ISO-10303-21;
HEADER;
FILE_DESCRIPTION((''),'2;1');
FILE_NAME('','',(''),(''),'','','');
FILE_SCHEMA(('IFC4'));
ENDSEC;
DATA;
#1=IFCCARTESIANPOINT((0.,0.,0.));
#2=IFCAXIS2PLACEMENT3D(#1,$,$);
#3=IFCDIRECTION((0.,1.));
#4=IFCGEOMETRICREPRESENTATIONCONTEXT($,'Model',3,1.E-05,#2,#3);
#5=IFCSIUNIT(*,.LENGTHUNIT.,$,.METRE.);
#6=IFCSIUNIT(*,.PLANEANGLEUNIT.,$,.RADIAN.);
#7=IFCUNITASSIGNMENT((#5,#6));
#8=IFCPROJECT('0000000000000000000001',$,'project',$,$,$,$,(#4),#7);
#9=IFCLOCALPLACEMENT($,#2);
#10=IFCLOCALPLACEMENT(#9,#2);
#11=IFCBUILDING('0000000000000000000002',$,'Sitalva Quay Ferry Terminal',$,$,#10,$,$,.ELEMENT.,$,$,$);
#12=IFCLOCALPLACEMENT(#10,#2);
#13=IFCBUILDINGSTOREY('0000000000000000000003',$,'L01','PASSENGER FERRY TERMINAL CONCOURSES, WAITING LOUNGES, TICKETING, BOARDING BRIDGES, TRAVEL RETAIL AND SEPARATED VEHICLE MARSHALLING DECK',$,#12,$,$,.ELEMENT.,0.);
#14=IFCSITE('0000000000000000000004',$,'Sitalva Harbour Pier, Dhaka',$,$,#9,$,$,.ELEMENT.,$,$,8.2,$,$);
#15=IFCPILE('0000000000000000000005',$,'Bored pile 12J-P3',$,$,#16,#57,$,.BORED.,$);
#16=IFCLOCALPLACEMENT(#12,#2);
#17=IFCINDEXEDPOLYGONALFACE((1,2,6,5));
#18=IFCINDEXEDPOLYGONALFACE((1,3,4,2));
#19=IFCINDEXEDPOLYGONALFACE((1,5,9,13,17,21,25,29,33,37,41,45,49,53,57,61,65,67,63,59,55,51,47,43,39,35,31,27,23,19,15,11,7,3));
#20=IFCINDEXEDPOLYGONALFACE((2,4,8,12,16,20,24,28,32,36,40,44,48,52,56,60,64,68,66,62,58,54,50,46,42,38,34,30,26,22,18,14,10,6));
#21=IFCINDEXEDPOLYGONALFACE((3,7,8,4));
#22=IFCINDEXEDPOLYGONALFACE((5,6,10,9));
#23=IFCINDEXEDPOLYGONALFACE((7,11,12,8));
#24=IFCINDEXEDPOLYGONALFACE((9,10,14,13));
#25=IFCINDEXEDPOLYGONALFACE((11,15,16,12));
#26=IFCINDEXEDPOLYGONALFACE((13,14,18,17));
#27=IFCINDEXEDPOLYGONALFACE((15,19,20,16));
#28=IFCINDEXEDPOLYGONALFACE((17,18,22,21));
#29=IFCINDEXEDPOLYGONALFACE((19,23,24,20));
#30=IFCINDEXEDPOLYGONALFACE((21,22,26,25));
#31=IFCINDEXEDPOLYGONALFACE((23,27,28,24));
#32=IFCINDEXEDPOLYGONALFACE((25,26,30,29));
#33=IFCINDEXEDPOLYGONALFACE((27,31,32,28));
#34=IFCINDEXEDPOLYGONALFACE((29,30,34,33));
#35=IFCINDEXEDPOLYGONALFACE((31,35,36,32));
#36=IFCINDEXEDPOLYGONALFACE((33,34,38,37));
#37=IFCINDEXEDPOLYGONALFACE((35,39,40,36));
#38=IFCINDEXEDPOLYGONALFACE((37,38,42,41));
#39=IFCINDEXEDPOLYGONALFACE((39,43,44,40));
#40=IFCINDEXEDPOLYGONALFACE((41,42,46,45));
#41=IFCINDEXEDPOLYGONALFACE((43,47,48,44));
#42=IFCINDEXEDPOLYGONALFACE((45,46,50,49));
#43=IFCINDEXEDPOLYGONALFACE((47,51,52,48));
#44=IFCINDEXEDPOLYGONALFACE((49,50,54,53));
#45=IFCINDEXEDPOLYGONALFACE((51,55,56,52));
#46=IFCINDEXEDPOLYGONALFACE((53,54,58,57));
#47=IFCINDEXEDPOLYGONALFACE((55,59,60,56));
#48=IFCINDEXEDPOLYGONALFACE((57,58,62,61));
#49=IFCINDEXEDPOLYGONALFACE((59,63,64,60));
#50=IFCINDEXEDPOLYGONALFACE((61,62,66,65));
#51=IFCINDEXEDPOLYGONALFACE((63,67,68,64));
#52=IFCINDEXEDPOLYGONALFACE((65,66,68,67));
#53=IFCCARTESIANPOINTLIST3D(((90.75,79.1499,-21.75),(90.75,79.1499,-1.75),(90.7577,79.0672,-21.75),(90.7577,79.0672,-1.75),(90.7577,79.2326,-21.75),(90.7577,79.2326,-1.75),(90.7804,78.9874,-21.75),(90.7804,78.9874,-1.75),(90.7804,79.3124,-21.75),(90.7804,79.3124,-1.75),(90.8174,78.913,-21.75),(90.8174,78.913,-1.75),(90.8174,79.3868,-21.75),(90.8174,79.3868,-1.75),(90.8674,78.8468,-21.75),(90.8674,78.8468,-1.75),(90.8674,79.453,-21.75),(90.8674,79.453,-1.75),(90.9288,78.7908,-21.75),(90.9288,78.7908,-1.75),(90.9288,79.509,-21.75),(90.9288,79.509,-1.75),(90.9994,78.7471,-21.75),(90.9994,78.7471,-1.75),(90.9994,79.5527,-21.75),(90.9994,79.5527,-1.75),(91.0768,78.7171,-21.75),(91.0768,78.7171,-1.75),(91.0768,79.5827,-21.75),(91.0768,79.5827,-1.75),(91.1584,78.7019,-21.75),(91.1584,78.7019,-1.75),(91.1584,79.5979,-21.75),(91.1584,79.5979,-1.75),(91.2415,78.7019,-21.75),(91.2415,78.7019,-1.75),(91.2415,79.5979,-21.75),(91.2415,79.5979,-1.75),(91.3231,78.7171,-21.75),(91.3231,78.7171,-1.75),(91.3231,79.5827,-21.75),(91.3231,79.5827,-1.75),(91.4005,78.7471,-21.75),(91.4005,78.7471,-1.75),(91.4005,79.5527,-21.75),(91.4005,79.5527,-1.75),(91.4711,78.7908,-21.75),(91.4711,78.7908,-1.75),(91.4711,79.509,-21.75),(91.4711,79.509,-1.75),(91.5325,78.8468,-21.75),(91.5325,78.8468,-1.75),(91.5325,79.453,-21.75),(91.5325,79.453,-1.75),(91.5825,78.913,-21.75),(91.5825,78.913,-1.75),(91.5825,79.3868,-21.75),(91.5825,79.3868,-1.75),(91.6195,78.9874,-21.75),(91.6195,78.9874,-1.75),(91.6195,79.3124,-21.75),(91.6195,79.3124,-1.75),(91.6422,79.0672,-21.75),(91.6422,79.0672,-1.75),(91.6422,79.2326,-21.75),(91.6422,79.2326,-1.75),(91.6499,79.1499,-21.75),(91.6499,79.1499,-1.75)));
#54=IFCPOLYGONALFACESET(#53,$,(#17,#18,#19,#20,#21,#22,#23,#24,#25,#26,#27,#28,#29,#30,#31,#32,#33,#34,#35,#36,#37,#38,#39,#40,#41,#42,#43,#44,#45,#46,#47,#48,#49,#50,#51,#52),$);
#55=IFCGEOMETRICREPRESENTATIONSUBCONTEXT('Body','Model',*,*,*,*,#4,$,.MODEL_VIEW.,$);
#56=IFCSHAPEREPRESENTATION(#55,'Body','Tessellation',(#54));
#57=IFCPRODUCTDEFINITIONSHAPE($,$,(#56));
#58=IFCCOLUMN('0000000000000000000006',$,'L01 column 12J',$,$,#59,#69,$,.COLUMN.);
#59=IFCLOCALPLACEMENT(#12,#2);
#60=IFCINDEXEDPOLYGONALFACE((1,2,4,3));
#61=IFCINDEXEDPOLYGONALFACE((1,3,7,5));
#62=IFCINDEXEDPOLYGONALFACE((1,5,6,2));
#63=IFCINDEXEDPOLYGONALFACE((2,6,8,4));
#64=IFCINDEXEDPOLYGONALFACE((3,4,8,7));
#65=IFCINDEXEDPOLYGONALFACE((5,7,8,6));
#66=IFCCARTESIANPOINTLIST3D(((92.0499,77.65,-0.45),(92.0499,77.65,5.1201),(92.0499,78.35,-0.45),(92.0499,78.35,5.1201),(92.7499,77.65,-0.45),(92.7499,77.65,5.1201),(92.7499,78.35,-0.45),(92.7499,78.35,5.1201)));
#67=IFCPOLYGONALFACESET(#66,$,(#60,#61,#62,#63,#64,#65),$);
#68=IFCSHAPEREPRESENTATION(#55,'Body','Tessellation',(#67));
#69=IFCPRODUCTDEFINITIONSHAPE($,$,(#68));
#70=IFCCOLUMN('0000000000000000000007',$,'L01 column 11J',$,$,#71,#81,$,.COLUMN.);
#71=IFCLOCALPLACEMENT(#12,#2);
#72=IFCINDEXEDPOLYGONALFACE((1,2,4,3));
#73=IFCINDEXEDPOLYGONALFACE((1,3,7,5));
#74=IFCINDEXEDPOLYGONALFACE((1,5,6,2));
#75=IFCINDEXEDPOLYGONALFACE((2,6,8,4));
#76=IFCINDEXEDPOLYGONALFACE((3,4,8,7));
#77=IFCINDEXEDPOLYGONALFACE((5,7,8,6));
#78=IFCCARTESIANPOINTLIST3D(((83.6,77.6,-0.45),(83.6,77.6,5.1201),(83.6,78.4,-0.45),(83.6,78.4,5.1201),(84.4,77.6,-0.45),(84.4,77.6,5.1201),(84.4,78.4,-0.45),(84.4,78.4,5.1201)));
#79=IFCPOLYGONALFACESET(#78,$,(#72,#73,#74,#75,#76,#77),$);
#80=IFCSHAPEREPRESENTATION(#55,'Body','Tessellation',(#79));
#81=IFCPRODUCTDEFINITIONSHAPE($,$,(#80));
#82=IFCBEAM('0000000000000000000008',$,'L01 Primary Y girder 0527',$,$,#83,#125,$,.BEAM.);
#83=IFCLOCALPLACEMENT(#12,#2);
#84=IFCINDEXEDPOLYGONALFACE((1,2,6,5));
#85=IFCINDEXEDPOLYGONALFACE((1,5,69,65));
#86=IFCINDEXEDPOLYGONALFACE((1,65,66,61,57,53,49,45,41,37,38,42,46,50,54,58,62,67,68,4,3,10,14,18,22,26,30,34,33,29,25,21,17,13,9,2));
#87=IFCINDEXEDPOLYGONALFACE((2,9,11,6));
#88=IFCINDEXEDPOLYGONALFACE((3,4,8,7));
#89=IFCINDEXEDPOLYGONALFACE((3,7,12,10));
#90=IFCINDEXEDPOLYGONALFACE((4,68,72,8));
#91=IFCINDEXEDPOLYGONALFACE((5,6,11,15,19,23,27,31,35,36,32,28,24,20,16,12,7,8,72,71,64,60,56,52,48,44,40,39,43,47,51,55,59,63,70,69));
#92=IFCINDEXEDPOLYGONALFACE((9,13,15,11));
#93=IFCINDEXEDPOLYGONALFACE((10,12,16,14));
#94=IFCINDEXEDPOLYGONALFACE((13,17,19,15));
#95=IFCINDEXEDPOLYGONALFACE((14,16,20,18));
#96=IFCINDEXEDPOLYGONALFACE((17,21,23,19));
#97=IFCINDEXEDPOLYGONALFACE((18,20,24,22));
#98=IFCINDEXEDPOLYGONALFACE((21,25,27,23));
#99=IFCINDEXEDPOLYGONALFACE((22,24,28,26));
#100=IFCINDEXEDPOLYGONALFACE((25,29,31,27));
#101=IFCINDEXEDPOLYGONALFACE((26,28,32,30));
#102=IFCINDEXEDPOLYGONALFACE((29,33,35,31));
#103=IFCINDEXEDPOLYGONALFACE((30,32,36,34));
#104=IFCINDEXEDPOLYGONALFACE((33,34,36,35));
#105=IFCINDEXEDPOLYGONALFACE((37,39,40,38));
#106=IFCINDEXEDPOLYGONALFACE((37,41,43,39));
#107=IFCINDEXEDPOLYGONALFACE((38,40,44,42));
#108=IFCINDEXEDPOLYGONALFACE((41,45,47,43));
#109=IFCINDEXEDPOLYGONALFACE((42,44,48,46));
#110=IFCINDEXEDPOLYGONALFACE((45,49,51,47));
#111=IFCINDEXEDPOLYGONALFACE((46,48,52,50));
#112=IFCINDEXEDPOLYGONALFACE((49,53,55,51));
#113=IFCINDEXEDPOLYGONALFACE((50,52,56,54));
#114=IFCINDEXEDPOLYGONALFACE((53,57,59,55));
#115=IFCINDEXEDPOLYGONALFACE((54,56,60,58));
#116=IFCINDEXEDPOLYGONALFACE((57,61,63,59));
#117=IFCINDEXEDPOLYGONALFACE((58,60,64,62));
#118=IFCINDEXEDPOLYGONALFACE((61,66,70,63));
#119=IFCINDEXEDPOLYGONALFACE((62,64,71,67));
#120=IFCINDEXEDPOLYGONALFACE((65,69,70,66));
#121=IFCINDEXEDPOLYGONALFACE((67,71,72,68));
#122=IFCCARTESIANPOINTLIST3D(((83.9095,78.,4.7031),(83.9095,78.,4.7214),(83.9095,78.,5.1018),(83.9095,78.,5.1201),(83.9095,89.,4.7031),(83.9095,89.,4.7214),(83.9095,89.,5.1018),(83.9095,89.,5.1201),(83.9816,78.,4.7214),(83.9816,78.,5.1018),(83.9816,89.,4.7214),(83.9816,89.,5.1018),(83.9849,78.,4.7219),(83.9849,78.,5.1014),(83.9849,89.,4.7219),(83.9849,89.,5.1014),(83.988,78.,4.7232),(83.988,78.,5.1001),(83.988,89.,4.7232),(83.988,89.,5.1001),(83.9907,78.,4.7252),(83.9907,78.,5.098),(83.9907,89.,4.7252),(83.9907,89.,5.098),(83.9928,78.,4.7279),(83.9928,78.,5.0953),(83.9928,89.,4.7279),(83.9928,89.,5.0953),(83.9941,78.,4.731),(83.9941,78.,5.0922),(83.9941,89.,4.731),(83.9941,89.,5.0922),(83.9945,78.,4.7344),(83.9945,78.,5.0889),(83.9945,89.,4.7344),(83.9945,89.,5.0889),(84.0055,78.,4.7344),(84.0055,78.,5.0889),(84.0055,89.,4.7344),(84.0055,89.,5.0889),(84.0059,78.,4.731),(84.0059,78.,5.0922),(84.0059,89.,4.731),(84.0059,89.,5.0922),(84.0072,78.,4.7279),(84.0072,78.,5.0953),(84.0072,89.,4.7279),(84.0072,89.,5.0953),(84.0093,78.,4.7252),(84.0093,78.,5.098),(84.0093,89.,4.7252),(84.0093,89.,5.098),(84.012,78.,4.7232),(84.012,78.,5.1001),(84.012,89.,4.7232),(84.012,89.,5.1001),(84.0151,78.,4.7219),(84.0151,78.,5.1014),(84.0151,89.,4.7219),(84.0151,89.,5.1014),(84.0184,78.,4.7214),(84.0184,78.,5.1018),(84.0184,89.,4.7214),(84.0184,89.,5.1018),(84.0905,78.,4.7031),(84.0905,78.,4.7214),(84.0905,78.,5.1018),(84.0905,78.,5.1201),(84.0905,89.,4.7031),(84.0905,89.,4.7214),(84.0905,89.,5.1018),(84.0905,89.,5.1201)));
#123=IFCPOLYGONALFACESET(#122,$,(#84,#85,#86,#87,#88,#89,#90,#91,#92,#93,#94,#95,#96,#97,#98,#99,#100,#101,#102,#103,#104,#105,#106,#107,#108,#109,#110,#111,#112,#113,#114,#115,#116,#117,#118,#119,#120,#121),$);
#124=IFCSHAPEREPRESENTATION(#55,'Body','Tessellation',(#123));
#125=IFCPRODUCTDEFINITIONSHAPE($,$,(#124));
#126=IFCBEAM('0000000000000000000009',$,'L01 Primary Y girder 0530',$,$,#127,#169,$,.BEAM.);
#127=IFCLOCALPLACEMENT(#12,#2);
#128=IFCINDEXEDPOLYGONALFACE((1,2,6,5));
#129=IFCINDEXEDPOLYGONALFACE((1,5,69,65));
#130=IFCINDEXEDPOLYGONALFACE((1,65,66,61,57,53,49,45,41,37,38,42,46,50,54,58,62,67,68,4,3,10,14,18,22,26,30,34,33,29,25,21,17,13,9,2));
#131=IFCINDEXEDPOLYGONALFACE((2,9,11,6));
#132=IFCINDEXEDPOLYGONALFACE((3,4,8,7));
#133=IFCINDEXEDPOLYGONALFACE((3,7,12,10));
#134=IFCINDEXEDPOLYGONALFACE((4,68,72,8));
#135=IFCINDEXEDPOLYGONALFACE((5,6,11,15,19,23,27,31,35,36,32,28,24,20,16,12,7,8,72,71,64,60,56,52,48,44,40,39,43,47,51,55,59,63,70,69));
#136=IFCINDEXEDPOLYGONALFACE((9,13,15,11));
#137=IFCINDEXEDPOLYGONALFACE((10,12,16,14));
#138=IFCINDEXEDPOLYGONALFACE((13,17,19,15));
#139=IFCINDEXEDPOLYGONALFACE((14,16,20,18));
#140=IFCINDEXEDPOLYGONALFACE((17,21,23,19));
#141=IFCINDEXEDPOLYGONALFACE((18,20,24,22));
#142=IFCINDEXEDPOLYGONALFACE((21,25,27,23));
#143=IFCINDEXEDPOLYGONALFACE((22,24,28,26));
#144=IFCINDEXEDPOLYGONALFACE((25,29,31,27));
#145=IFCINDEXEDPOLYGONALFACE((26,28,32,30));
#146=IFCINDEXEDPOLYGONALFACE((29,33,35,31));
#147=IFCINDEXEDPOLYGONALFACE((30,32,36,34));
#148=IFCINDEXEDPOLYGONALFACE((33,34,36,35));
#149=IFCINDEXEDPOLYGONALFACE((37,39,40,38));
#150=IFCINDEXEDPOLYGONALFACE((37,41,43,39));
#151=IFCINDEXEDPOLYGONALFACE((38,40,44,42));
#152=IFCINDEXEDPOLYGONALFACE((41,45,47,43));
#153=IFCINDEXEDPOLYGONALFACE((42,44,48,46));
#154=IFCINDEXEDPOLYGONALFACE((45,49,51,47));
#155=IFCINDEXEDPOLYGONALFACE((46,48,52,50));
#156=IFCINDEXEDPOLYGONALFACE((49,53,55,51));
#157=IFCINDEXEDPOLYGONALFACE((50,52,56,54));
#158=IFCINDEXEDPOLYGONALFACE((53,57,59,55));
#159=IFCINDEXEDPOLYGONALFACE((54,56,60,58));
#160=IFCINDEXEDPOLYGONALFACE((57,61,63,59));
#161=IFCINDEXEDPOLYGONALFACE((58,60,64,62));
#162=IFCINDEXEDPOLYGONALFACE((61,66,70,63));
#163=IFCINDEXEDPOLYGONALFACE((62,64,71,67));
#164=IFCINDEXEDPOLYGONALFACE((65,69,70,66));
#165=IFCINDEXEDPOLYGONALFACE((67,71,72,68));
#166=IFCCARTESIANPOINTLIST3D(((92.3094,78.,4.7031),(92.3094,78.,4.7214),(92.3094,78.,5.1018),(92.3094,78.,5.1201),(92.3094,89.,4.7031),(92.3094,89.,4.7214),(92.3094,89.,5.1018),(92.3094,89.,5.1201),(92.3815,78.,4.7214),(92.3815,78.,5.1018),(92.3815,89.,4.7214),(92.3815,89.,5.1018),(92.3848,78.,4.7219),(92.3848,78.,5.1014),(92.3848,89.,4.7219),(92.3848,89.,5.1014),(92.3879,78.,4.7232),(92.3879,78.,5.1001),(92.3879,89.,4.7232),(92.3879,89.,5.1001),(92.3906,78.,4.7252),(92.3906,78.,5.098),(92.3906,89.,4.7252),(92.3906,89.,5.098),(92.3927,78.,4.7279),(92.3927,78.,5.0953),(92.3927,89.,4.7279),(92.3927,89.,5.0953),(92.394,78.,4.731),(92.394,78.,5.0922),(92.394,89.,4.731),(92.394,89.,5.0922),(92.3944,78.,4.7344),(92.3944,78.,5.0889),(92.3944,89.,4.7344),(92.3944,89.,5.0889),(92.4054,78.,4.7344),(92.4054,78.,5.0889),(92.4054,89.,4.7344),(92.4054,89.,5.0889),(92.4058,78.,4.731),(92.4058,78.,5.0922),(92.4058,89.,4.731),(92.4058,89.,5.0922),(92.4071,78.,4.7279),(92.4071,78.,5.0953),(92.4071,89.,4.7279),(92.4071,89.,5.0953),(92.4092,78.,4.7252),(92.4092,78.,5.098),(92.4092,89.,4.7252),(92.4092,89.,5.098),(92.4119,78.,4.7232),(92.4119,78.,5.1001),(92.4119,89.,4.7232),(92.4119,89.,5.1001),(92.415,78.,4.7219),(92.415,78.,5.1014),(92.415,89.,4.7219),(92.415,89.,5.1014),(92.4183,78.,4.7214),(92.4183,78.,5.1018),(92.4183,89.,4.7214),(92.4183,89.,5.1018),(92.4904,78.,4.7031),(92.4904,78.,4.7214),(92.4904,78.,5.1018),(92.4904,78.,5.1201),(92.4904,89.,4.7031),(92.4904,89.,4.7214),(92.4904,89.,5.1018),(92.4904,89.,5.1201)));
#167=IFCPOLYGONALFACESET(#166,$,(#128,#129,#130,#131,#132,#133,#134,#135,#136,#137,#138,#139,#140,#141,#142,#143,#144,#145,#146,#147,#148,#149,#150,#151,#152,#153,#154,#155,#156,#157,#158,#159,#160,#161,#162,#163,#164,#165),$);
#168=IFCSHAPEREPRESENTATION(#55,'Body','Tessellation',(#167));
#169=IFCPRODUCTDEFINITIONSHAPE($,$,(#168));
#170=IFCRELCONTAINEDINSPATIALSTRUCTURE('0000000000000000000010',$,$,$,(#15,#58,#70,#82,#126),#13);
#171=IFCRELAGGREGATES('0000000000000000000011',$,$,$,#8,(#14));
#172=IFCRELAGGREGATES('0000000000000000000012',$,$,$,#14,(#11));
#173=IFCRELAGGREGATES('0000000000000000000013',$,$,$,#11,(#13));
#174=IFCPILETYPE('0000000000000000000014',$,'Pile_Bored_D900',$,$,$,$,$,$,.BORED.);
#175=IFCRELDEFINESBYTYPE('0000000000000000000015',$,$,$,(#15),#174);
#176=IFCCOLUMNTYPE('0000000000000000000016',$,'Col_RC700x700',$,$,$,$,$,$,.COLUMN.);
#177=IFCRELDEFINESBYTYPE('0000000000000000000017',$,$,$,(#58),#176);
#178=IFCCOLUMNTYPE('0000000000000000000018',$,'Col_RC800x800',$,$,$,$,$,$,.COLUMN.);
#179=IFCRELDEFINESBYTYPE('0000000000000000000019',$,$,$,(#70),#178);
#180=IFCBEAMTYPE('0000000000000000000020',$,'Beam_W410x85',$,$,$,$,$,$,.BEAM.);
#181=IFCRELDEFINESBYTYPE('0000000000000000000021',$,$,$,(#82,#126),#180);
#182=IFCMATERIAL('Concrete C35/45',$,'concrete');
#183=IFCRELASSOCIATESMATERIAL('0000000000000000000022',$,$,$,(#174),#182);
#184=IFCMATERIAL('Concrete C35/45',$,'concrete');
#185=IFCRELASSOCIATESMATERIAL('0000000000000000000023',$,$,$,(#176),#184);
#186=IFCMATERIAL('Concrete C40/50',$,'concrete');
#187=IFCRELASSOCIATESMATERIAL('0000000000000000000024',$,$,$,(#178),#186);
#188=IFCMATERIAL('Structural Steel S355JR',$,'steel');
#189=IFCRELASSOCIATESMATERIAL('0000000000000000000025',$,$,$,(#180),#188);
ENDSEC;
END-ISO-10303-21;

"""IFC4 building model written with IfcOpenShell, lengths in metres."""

from ifc_helpers import new_model, si_unit, direction, frame, origin, origin_2d, place, context, subcontext, project, spatial, rectangle, circle, i_section, extrude, material, material_profile, profile_set, type_object, element, save


model = new_model("IFC4")

# Units and contexts
model_context = context("Model", 3, precision=1e-05, world=origin(), true_north=direction((0.0, 1.0)))
body_context = subcontext(model_context, "Body", "Model", "MODEL_VIEW")
ifc_project = project(units=[si_unit("LENGTHUNIT", "METRE"), si_unit("PLANEANGLEUNIT", "RADIAN")], contexts=[model_context])

# Site, building, storey
site_placement = place(None, origin())
site = spatial("IfcSite", under=ifc_project, at=site_placement, Name="Sitalva Harbour Pier, Dhaka", CompositionType="ELEMENT", RefElevation=8.2)
building_placement = place(site_placement, origin())
building = spatial("IfcBuilding", under=site, at=building_placement, Name="Sitalva Quay Ferry Terminal", CompositionType="ELEMENT")
storey_placement = place(building_placement, origin())
storey = spatial("IfcBuildingStorey", under=building, at=storey_placement, Name="L01", Description="PASSENGER FERRY TERMINAL CONCOURSES, WAITING LOUNGES, TICKETING, BOARDING BRIDGES, TRAVEL RETAIL AND SEPARATED VEHICLE MARSHALLING DECK", CompositionType="ELEMENT", Elevation=0.0)

# Pile
ifc_material_1 = material(Name="Concrete C35/45", Category="concrete")
ifc_material_profile_1 = material_profile(ifc_material_1, circle(Radius=0.45, at=origin_2d()), Name="PILE-D900")
ifc_profile_set_1 = profile_set([ifc_material_profile_1], Name="Concrete C35/45")
pile_type_1 = type_object("IfcPileType", Name="Pile_Bored_D900", PredefinedType="BORED", material=ifc_profile_set_1)
for number, where, z_axis, x_axis, name in (
    (1, (91.2, 79.1499, -1.75), (0.0, 0.0, -1.0), (1.0, 0.0, 0.0), "Bored pile 12J-P3"),
):
    element("IfcPile", number, at=place(storey_placement, frame(where, z_axis=z_axis, x_axis=x_axis)), inside=storey, type_object=pile_type_1, Name=name, PredefinedType="BORED", context=body_context, shape_type="SweptSolid", body=[
        extrude(circle(Radius=0.45, at=origin_2d()), origin(), (0.0, 0.0, 1.0), 20.0),
    ])

# Columns
ifc_material_2 = material(Name="Concrete C35/45", Category="concrete")
ifc_material_profile_2 = material_profile(ifc_material_2, rectangle(XDim=0.7, YDim=0.7, at=origin_2d()), Name="RC700x700")
ifc_profile_set_2 = profile_set([ifc_material_profile_2], Name="Concrete C35/45")
column_type_1 = type_object("IfcColumnType", Name="Col_RC700x700", PredefinedType="COLUMN", material=ifc_profile_set_2)
column_1_placement = place(storey_placement, frame((92.3999, 78.0, -0.45), z_axis=(0.0, 0.0, 1.0), x_axis=(1.0, 0.0, 0.0)))
element("IfcColumn", 2, at=column_1_placement, inside=storey, type_object=column_type_1, Name="L01 column 12J", PredefinedType="COLUMN", context=body_context, shape_type="SweptSolid", body=[
    extrude(rectangle(XDim=0.7, YDim=0.7, at=origin_2d()), origin(), (0.0, 0.0, 1.0), 5.5701),
])
ifc_material_3 = material(Name="Concrete C40/50", Category="concrete")
ifc_material_profile_3 = material_profile(ifc_material_3, rectangle(XDim=0.8, YDim=0.8, at=origin_2d()), Name="RC800x800")
ifc_profile_set_3 = profile_set([ifc_material_profile_3], Name="Concrete C40/50")
column_type_2 = type_object("IfcColumnType", Name="Col_RC800x800", PredefinedType="COLUMN", material=ifc_profile_set_3)
column_2_placement = place(storey_placement, frame((84.0, 78.0, -0.45), z_axis=(0.0, 0.0, 1.0), x_axis=(1.0, 0.0, 0.0)))
element("IfcColumn", 3, at=column_2_placement, inside=storey, type_object=column_type_2, Name="L01 column 11J", PredefinedType="COLUMN", context=body_context, shape_type="SweptSolid", body=[
    extrude(rectangle(XDim=0.8, YDim=0.8, at=origin_2d()), origin(), (0.0, 0.0, 1.0), 5.5701),
])

# Beams
ifc_material_4 = material(Name="Structural Steel S355JR", Category="steel")
ifc_material_profile_4 = material_profile(ifc_material_4, i_section(OverallWidth=0.1809, OverallDepth=0.417, WebThickness=0.011, FlangeThickness=0.0183, FilletRadius=0.0129, at=origin_2d()), Name="W410x85")
ifc_profile_set_4 = profile_set([ifc_material_profile_4], Name="Structural Steel S355JR")
beam_type_1 = type_object("IfcBeamType", Name="Beam_W410x85", PredefinedType="BEAM", material=ifc_profile_set_4)
for number, where, z_axis, x_axis, name in (
    (4, (84.0, 78.0, 4.9116), (0.0, 1.0, 0.0), (-1.0, 0.0, 0.0), "L01 Primary Y girder 0527"),
    (5, (92.3999, 78.0, 4.9116), (0.0, 1.0, 0.0), (-1.0, 0.0, 0.0), "L01 Primary Y girder 0530"),
):
    element("IfcBeam", number, at=place(storey_placement, frame(where, z_axis=z_axis, x_axis=x_axis)), inside=storey, type_object=beam_type_1, Name=name, PredefinedType="BEAM", context=body_context, shape_type="SweptSolid", body=[
        extrude(i_section(OverallWidth=0.1809, OverallDepth=0.417, WebThickness=0.011, FlangeThickness=0.0183, FilletRadius=0.0129, at=origin_2d()), origin(), (0.0, 0.0, 1.0), 11.0),
    ])

save(model, "model.ifc")
